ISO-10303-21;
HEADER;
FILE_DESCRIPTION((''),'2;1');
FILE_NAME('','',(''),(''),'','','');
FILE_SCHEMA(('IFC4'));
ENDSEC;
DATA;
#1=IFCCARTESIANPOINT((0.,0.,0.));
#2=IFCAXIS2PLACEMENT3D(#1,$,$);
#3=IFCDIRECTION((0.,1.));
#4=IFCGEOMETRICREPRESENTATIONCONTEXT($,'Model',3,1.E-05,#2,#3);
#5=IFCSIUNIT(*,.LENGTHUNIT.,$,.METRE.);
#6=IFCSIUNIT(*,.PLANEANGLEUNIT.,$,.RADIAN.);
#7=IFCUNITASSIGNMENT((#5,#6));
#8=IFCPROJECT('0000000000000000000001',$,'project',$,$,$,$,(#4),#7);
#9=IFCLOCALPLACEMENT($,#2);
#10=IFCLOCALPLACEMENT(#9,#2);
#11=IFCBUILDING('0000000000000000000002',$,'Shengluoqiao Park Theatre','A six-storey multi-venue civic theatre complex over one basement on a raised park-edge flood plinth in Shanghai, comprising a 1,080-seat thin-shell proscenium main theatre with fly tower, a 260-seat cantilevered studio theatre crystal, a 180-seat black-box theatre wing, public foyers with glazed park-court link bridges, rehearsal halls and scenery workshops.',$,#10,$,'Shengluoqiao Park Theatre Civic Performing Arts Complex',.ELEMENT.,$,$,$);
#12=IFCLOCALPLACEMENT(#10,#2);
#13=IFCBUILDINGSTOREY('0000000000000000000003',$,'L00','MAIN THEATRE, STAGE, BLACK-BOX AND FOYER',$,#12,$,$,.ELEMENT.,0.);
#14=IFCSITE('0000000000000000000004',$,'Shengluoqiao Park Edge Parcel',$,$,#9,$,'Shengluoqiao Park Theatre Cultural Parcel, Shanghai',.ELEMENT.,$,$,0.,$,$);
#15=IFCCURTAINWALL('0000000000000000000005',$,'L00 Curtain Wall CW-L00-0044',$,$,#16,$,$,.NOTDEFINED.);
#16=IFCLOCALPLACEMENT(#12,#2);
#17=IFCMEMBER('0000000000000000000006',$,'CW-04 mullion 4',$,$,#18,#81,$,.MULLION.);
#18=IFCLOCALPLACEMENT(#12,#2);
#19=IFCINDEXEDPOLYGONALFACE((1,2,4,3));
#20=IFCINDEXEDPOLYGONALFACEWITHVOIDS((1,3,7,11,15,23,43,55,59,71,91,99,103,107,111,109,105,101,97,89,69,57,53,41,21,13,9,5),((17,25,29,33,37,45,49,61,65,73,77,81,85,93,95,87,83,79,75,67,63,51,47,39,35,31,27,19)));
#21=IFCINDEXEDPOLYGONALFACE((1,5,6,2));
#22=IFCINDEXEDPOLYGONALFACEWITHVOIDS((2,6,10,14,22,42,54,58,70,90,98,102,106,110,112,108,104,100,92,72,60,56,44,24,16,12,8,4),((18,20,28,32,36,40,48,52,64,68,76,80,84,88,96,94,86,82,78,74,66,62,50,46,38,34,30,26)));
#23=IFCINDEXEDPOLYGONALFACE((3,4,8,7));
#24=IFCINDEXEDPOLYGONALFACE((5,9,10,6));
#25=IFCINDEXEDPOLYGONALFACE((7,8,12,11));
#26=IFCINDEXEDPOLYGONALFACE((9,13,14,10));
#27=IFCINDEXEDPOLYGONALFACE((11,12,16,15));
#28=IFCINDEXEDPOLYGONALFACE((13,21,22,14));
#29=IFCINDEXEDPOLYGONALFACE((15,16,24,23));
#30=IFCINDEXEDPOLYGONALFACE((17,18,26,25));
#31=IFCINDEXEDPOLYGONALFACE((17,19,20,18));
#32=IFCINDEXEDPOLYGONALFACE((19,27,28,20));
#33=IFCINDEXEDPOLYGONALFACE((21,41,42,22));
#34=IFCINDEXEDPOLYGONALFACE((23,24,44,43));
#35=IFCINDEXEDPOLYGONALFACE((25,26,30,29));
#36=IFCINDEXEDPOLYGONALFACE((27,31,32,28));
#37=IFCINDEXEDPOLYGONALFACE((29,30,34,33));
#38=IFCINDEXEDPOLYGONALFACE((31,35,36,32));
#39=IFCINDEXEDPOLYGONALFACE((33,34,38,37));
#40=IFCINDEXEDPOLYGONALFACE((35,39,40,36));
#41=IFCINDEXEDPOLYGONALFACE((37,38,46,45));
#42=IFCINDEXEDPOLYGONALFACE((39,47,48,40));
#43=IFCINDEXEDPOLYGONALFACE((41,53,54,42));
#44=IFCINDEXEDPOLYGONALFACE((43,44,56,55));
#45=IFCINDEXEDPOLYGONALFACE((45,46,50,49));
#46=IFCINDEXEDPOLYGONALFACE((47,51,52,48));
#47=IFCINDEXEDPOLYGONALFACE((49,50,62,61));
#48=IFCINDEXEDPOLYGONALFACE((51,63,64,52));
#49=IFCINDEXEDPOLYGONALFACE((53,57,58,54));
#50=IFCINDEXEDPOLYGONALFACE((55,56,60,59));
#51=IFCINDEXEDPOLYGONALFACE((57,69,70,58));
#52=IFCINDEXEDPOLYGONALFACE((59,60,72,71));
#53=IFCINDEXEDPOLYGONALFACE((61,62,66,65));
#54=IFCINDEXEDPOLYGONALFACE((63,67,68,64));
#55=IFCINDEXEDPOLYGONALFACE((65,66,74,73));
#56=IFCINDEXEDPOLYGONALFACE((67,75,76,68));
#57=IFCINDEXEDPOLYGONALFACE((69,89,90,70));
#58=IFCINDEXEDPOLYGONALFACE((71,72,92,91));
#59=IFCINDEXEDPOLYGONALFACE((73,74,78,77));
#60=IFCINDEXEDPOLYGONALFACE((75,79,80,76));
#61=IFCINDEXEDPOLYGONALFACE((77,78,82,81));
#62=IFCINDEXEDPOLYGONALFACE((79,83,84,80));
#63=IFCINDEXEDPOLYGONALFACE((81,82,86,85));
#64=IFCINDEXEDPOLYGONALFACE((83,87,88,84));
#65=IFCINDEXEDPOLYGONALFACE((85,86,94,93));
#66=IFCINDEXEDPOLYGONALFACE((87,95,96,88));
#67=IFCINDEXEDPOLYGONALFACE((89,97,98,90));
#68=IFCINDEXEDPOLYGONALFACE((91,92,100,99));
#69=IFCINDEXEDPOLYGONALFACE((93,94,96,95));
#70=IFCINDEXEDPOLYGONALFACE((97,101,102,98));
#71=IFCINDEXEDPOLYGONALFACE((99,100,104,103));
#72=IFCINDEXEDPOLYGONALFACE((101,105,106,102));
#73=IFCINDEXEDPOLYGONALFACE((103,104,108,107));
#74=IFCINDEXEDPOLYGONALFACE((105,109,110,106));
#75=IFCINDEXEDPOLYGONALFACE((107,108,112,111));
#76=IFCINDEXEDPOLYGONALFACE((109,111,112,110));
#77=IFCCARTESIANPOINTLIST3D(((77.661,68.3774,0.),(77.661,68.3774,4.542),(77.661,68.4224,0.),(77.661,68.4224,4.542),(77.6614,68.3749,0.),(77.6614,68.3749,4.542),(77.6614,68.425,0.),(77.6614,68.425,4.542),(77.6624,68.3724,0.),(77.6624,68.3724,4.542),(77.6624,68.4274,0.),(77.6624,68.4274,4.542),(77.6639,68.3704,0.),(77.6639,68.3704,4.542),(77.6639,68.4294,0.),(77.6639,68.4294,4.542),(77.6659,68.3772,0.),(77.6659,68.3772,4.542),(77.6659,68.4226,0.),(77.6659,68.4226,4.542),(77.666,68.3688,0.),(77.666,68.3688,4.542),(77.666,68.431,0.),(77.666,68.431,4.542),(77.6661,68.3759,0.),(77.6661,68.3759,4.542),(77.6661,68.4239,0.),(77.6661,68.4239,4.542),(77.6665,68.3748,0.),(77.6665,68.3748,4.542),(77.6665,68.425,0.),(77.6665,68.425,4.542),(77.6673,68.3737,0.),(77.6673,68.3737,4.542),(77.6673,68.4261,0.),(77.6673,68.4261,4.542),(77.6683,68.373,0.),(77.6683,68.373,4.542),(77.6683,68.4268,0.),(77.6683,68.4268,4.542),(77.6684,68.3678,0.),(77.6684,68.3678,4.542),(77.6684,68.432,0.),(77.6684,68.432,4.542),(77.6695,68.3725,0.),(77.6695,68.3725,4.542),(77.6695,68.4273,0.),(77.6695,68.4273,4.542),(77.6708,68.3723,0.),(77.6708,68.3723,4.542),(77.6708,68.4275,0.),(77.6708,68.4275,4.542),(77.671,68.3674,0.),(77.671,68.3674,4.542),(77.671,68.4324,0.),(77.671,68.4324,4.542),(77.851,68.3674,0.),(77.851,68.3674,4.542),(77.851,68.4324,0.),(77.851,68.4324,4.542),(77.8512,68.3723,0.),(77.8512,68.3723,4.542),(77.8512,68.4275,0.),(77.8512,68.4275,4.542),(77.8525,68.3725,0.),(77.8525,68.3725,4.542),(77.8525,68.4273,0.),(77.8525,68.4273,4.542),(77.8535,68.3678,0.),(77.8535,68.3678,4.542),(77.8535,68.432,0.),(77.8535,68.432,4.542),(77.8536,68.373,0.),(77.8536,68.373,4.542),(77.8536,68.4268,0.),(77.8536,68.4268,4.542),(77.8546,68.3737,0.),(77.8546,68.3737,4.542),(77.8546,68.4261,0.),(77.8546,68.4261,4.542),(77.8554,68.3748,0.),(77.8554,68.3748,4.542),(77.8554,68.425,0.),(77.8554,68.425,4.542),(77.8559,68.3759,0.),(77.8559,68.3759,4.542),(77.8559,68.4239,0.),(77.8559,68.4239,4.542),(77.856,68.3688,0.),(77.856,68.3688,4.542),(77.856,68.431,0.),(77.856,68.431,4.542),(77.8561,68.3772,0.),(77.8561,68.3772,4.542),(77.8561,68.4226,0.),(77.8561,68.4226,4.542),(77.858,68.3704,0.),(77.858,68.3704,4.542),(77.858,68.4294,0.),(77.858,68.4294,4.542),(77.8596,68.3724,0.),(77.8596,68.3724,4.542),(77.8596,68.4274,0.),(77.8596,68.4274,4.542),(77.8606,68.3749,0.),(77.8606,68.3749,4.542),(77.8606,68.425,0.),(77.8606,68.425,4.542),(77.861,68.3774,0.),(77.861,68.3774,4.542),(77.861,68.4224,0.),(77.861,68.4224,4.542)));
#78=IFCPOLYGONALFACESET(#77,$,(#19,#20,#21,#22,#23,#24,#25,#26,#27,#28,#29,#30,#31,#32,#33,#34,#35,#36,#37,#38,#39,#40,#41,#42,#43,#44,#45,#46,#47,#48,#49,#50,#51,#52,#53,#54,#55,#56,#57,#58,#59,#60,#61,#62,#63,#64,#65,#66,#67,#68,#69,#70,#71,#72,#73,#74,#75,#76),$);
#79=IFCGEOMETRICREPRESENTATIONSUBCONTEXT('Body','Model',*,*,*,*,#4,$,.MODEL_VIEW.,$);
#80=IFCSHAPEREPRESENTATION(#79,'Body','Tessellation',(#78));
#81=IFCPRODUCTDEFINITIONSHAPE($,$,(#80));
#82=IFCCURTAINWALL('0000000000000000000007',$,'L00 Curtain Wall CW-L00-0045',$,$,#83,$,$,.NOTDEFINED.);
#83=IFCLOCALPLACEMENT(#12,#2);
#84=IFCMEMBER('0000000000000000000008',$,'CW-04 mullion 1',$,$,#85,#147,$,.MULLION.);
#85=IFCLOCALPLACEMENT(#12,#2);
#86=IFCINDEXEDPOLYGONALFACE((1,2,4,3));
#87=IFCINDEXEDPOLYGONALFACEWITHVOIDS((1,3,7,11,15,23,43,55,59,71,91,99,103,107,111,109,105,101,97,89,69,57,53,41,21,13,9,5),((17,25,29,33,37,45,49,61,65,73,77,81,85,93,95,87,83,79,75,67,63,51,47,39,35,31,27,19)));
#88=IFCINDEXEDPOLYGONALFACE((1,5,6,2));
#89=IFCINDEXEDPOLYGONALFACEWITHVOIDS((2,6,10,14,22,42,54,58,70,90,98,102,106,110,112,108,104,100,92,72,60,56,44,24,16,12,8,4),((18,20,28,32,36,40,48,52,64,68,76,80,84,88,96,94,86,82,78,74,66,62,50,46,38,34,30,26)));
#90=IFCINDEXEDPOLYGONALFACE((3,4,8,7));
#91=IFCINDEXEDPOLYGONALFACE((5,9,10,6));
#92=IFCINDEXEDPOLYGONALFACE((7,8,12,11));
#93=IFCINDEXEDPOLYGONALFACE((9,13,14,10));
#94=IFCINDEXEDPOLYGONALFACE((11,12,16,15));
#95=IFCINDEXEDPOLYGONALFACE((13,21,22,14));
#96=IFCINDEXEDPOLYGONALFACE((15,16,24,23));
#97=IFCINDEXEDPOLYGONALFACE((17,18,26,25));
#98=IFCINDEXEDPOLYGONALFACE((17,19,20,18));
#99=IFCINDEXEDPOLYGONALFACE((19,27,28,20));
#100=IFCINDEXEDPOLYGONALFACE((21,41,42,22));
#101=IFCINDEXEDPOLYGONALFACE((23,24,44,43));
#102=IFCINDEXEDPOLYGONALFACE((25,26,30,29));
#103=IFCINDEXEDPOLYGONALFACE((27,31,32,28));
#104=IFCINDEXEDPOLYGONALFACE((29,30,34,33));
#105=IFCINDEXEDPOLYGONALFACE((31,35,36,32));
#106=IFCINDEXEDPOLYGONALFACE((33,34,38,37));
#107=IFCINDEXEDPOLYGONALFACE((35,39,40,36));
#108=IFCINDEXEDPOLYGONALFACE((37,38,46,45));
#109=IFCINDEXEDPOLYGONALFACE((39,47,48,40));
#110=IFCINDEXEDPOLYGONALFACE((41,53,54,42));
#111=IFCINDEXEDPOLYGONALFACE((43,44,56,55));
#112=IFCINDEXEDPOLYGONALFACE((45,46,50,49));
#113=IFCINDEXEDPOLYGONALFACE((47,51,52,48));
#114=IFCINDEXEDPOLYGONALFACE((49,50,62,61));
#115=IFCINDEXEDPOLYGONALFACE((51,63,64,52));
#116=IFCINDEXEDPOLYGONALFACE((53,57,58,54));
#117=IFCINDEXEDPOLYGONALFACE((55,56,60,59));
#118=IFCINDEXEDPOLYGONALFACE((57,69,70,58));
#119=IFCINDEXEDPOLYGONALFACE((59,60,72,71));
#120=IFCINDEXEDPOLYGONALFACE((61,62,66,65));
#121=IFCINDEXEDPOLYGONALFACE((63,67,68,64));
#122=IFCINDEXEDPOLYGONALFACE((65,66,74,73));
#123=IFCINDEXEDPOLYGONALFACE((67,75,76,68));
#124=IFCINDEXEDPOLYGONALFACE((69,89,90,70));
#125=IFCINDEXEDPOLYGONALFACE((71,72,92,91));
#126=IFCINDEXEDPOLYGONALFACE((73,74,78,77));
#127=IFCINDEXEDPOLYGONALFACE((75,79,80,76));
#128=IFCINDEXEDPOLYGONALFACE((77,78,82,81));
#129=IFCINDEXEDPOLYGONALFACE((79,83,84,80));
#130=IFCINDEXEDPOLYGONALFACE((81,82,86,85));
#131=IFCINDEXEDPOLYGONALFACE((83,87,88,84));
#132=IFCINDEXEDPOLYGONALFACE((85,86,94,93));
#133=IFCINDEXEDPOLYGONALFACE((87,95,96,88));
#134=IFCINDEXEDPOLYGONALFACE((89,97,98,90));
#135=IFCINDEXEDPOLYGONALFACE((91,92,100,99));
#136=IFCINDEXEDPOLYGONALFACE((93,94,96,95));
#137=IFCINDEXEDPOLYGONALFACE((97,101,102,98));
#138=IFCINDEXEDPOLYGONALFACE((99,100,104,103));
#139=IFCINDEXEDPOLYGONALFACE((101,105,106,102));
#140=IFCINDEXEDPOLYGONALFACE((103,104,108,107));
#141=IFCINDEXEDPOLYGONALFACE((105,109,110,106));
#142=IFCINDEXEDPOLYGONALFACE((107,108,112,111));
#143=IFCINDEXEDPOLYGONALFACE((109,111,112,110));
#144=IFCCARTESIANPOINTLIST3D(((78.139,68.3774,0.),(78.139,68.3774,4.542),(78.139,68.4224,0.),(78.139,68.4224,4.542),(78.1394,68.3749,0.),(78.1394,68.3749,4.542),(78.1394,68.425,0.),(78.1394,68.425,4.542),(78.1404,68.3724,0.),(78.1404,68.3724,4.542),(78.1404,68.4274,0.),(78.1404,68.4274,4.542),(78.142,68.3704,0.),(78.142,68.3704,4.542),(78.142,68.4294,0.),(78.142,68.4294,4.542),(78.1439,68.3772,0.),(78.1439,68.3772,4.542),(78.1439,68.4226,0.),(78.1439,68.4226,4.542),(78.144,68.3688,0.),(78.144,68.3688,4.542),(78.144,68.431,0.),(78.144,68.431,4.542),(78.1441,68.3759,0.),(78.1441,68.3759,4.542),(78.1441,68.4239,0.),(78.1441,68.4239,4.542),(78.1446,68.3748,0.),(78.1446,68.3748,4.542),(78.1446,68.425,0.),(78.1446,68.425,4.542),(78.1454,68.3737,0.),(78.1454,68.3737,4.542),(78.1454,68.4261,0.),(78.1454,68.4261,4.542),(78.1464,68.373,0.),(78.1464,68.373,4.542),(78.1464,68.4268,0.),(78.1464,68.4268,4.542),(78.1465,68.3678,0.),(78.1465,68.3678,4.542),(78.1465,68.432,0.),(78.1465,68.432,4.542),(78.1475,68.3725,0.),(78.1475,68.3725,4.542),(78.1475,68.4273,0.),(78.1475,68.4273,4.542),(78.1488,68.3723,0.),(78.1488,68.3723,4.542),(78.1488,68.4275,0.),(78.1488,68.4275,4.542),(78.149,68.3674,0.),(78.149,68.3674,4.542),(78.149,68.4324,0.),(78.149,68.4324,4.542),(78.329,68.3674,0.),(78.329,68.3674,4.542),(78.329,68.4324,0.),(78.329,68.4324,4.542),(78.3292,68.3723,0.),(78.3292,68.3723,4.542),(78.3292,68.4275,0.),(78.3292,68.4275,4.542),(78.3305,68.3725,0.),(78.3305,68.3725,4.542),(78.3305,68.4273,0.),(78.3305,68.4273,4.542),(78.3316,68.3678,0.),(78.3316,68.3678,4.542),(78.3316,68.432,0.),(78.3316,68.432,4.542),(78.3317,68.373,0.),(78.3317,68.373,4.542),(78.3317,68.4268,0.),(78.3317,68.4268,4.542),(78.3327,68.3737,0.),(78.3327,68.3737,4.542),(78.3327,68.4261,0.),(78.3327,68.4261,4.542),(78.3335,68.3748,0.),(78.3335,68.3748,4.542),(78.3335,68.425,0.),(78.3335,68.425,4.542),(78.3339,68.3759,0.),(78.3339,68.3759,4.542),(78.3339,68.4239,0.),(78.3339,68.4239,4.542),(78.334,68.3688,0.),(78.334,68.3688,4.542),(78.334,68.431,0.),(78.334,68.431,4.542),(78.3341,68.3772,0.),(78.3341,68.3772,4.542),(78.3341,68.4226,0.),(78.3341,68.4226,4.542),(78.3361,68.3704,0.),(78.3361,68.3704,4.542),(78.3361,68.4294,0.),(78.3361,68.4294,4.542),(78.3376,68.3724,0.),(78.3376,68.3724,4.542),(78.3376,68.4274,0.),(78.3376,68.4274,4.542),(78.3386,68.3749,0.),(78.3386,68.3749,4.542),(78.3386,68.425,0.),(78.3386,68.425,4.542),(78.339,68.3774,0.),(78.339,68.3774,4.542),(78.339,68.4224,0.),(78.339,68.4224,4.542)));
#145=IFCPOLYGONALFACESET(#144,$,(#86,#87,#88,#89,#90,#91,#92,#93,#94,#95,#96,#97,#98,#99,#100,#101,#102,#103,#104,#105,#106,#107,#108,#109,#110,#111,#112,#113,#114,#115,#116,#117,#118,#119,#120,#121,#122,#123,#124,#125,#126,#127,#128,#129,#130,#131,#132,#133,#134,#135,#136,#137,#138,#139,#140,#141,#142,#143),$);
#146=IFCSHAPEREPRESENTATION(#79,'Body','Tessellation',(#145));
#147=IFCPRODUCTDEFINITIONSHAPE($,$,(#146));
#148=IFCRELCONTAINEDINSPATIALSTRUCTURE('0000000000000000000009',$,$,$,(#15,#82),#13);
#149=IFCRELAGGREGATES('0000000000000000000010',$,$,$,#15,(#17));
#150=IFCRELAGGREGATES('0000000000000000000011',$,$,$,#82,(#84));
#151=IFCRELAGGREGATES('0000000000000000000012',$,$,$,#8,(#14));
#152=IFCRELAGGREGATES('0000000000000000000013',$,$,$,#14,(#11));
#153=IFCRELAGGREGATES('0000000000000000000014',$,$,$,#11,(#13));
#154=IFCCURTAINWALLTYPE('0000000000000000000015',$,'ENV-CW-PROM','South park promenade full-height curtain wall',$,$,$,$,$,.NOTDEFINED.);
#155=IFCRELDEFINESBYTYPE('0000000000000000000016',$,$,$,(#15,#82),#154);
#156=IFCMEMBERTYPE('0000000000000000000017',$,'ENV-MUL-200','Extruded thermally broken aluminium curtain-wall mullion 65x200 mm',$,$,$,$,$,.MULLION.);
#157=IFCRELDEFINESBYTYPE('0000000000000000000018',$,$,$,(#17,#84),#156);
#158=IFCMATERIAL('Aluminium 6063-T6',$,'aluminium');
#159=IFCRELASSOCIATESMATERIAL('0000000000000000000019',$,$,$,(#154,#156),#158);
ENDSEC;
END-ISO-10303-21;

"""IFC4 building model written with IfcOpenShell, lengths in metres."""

from ifc_helpers import new_model, si_unit, direction, frame, origin, origin_2d, place, context, subcontext, project, spatial, hollow_rectangle, extrude, material, material_profile, profile_set, type_object, element, aggregate, save


model = new_model("IFC4")

# Units and contexts
model_context = context("Model", 3, precision=1e-05, world=origin(), true_north=direction((0.0, 1.0)))
body_context = subcontext(model_context, "Body", "Model", "MODEL_VIEW")
ifc_project = project(units=[si_unit("LENGTHUNIT", "METRE"), si_unit("PLANEANGLEUNIT", "RADIAN")], contexts=[model_context])

# Site, building, storey
site_placement = place(None, origin())
site = spatial("IfcSite", under=ifc_project, at=site_placement, Name="Shengluoqiao Park Edge Parcel", LongName="Shengluoqiao Park Theatre Cultural Parcel, Shanghai", CompositionType="ELEMENT", RefElevation=0.0)
building_placement = place(site_placement, origin())
building = spatial("IfcBuilding", under=site, at=building_placement, Name="Shengluoqiao Park Theatre", Description="A six-storey multi-venue civic theatre complex over one basement on a raised park-edge flood plinth in Shanghai, comprising a 1,080-seat thin-shell proscenium main theatre with fly tower, a 260-seat cantilevered studio theatre crystal, a 180-seat black-box theatre wing, public foyers with glazed park-court link bridges, rehearsal halls and scenery workshops.", LongName="Shengluoqiao Park Theatre Civic Performing Arts Complex", CompositionType="ELEMENT")
storey_placement = place(building_placement, origin())
storey = spatial("IfcBuildingStorey", under=building, at=storey_placement, Name="L00", Description="MAIN THEATRE, STAGE, BLACK-BOX AND FOYER", CompositionType="ELEMENT", Elevation=0.0)

# Shared definitions
ifc_material_1 = material(Name="Aluminium 6063-T6", Category="aluminium")
curtain_wall_type = type_object("IfcCurtainWallType", Name="ENV-CW-PROM", Description="South park promenade full-height curtain wall", PredefinedType="NOTDEFINED", material=ifc_material_1)
ifc_material_profile_1 = material_profile(ifc_material_1, hollow_rectangle(XDim=0.0649, YDim=0.2, WallThickness=0.0049, InnerFilletRadius=0.0049, OuterFilletRadius=0.01, at=origin_2d()), Name="ALU MULLION 200x65x5")
ifc_profile_set_1 = profile_set([ifc_material_profile_1], Name="Aluminium 6063-T6")
member_type_1 = type_object("IfcMemberType", Name="ENV-MUL-200", Description="Extruded thermally broken aluminium curtain-wall mullion 65x200 mm", PredefinedType="MULLION", material=ifc_profile_set_1)

# Curtain walls, members
curtain_wall_1_placement = place(storey_placement, origin())
curtain_wall_1 = element("IfcCurtainWall", 1, at=curtain_wall_1_placement, inside=storey, type_object=curtain_wall_type, Name="L00 Curtain Wall CW-L00-0044", PredefinedType="NOTDEFINED")
member_1_placement = place(storey_placement, frame((77.761, 68.3999, 0.0), z_axis=(0.0, 0.0, 1.0), x_axis=(0.0, 1.0, 0.0)))
member_1 = element("IfcMember", 2, at=member_1_placement, type_object=member_type_1, Name="CW-04 mullion 4", PredefinedType="MULLION", context=body_context, shape_type="SweptSolid", body=[
    extrude(hollow_rectangle(XDim=0.0649, YDim=0.2, WallThickness=0.0049, InnerFilletRadius=0.0049, OuterFilletRadius=0.01, at=origin_2d()), origin(), (0.0, 0.0, 1.0), 4.542),
])
curtain_wall_2_placement = place(storey_placement, origin())
curtain_wall_2 = element("IfcCurtainWall", 3, at=curtain_wall_2_placement, inside=storey, type_object=curtain_wall_type, Name="L00 Curtain Wall CW-L00-0045", PredefinedType="NOTDEFINED")
member_2_placement = place(storey_placement, frame((78.239, 68.3999, 0.0), z_axis=(0.0, 0.0, 1.0), x_axis=(0.0, 1.0, 0.0)))
member_2 = element("IfcMember", 4, at=member_2_placement, type_object=member_type_1, Name="CW-04 mullion 1", PredefinedType="MULLION", context=body_context, shape_type="SweptSolid", body=[
    extrude(hollow_rectangle(XDim=0.0649, YDim=0.2, WallThickness=0.0049, InnerFilletRadius=0.0049, OuterFilletRadius=0.01, at=origin_2d()), origin(), (0.0, 0.0, 1.0), 4.542),
])

aggregate(curtain_wall_1, [member_1])
aggregate(curtain_wall_2, [member_2])

save(model, "model.ifc")
